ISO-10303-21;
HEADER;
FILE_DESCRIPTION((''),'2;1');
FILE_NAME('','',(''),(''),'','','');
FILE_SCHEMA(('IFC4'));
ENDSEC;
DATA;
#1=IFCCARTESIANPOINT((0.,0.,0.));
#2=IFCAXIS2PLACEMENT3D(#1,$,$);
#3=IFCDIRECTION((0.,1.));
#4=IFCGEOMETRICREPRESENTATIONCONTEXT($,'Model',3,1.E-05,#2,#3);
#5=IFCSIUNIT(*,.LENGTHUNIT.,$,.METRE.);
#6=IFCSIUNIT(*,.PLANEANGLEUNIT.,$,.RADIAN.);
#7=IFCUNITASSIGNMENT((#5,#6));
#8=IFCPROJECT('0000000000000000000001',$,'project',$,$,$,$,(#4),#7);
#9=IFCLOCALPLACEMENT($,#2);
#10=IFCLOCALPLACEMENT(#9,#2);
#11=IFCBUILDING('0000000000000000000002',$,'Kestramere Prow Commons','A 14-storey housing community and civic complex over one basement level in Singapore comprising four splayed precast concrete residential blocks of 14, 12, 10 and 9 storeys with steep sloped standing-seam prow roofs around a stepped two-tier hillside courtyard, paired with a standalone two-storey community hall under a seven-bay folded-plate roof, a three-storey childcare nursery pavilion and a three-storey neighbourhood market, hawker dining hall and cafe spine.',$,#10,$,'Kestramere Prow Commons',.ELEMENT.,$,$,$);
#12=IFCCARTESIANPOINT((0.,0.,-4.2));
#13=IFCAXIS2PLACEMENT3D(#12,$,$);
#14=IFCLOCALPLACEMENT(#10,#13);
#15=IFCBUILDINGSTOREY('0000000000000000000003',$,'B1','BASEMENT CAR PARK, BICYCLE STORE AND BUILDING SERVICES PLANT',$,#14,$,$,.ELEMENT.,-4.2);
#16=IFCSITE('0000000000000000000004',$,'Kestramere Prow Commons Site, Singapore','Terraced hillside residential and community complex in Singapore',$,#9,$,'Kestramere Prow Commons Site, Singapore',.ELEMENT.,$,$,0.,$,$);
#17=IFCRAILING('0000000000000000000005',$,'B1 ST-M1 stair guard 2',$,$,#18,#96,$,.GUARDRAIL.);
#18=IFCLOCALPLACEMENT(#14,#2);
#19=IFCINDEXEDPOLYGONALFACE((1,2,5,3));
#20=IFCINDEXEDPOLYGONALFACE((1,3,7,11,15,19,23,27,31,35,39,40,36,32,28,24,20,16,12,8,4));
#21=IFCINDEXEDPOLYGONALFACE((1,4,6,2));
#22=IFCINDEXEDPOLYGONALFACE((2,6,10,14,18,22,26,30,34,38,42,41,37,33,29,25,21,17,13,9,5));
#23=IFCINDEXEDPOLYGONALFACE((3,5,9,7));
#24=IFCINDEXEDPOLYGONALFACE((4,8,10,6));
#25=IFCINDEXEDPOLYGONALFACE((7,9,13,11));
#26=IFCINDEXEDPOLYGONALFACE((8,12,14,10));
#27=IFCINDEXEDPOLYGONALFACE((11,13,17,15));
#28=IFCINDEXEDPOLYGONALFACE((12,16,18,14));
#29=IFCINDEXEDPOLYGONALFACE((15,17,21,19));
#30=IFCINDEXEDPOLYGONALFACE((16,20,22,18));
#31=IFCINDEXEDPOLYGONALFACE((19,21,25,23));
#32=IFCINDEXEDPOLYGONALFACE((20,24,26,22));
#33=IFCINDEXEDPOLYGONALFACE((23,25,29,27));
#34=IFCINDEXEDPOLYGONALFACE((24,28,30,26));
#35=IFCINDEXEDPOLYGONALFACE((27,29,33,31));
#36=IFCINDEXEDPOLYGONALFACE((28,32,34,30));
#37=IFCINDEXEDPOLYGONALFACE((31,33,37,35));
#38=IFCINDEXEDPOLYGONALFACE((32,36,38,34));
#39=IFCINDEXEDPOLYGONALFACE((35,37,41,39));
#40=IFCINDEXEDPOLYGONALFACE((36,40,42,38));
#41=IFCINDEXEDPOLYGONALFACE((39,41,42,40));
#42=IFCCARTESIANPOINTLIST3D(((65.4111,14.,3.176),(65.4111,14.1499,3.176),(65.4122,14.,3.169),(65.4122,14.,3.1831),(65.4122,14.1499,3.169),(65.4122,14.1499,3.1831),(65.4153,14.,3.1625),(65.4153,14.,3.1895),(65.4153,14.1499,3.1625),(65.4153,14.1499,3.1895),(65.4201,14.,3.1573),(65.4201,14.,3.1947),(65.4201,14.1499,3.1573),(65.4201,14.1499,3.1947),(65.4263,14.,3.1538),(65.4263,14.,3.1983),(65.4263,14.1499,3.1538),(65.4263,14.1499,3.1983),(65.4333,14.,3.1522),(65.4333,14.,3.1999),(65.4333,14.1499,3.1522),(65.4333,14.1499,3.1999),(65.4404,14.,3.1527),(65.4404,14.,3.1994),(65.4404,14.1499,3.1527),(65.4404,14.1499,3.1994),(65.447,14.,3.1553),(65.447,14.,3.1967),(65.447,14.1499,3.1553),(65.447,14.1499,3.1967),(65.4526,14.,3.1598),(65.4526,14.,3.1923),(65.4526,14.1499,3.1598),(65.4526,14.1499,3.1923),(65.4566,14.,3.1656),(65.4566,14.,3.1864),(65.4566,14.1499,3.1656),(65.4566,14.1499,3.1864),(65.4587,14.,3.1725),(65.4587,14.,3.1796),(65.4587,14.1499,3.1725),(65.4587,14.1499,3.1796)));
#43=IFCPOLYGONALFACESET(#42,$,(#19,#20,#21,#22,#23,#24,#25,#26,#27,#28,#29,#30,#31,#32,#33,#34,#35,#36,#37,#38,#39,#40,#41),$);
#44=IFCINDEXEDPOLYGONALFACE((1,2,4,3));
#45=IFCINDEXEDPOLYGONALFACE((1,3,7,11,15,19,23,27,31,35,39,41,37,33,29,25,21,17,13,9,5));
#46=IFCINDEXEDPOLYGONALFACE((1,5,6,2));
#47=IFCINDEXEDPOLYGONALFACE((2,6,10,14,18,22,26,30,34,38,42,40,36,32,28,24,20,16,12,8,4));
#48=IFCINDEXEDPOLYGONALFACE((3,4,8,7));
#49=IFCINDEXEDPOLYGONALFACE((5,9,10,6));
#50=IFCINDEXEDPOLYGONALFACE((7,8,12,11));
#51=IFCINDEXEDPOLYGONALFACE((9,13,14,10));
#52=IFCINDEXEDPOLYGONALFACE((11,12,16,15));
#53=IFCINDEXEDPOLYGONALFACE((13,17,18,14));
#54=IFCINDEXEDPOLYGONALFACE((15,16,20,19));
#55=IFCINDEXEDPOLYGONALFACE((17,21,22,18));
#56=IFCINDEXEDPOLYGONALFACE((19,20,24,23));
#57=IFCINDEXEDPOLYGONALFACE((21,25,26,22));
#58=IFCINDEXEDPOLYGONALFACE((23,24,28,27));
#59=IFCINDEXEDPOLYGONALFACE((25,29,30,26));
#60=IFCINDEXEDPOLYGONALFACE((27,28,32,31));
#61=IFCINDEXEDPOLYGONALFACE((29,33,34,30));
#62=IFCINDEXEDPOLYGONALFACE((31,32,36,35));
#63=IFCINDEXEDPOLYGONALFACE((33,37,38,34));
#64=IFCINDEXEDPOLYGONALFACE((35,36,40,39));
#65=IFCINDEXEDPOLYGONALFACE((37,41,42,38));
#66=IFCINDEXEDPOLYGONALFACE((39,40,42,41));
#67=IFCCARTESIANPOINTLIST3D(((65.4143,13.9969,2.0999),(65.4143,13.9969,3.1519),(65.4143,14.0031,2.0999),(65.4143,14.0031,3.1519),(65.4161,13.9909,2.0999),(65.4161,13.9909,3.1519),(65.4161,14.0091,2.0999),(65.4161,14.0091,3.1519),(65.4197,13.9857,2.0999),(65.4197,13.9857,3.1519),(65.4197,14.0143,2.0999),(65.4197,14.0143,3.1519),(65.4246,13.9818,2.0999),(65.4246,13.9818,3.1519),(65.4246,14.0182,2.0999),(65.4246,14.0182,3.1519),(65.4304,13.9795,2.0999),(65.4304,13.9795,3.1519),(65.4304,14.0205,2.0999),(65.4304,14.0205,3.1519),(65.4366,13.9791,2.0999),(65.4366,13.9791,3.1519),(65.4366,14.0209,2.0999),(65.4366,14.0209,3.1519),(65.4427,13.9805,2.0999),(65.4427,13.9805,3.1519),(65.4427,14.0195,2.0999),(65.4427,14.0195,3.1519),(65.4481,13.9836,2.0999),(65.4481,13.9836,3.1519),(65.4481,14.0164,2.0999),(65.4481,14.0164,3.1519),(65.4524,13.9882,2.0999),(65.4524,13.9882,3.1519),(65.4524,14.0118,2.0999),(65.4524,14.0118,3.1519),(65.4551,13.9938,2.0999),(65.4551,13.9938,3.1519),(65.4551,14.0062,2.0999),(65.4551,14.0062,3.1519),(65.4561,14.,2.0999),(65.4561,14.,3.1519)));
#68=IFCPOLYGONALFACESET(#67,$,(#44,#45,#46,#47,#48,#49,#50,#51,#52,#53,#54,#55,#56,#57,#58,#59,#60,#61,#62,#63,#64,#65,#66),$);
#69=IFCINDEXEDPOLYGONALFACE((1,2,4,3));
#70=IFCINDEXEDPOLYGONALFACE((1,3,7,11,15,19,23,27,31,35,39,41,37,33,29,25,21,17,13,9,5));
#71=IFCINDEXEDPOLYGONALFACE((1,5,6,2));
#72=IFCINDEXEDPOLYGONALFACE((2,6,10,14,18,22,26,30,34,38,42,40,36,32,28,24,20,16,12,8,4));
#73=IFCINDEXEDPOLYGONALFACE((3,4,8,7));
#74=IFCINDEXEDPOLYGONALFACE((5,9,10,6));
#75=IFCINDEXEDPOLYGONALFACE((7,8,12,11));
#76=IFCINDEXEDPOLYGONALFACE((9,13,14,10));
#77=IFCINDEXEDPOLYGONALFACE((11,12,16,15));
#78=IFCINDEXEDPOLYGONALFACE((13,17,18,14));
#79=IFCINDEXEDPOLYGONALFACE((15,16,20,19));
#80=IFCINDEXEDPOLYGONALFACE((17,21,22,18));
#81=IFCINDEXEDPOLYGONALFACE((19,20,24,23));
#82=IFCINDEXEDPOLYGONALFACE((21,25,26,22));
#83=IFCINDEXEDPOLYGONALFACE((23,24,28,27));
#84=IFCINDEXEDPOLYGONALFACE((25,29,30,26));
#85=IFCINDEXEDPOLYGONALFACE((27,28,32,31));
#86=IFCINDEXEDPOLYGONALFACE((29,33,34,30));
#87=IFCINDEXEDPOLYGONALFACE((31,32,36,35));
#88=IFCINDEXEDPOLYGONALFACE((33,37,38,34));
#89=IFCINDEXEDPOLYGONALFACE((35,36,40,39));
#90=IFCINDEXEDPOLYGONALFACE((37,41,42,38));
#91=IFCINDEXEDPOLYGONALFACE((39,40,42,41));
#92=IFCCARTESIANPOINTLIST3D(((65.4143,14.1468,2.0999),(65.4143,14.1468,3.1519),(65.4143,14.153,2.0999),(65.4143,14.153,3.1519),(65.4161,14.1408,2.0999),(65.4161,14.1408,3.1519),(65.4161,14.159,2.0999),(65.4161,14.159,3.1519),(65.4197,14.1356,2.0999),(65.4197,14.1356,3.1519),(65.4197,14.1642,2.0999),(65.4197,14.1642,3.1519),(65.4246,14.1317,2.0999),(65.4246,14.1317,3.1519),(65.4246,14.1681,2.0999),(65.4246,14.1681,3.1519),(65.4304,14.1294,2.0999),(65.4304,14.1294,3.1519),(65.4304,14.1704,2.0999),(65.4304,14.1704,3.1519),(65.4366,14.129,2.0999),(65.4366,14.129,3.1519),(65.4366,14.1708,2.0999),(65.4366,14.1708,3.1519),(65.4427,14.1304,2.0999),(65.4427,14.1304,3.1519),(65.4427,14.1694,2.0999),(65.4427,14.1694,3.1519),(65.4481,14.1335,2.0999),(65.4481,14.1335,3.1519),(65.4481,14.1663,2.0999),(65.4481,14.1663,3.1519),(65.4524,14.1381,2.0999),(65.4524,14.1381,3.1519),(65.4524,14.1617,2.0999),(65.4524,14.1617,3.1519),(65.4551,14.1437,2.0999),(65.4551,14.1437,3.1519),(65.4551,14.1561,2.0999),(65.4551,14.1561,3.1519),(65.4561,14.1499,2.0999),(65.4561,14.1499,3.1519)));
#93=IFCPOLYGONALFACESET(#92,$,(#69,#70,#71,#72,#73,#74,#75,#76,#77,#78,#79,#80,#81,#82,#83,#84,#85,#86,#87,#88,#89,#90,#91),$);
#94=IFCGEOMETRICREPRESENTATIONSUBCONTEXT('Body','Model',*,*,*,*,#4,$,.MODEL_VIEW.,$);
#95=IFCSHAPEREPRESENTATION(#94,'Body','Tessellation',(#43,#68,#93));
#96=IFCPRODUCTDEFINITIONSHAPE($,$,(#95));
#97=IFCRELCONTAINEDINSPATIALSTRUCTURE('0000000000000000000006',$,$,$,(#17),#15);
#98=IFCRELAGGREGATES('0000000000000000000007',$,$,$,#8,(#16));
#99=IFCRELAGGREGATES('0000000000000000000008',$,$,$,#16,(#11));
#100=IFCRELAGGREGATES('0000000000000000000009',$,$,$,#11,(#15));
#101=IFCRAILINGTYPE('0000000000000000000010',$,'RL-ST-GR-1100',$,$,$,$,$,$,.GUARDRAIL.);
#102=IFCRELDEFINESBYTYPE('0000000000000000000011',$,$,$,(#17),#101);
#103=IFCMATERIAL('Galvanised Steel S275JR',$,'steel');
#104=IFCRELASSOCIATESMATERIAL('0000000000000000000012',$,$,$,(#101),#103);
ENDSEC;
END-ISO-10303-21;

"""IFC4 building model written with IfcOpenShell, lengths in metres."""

from ifc_helpers import new_model, si_unit, direction, frame, origin, origin_2d, place, context, subcontext, project, spatial, circle, extrude, material, type_object, element, save


model = new_model("IFC4")

# Units and contexts
model_context = context("Model", 3, precision=1e-05, world=origin(), true_north=direction((0.0, 1.0)))
body_context = subcontext(model_context, "Body", "Model", "MODEL_VIEW")
ifc_project = project(units=[si_unit("LENGTHUNIT", "METRE"), si_unit("PLANEANGLEUNIT", "RADIAN")], contexts=[model_context])

# Site, building, storey
site_placement = place(None, origin())
site = spatial("IfcSite", under=ifc_project, at=site_placement, Name="Kestramere Prow Commons Site, Singapore", Description="Terraced hillside residential and community complex in Singapore", LongName="Kestramere Prow Commons Site, Singapore", CompositionType="ELEMENT", RefElevation=0.0)
building_placement = place(site_placement, origin())
building = spatial("IfcBuilding", under=site, at=building_placement, Name="Kestramere Prow Commons", Description="A 14-storey housing community and civic complex over one basement level in Singapore comprising four splayed precast concrete residential blocks of 14, 12, 10 and 9 storeys with steep sloped standing-seam prow roofs around a stepped two-tier hillside courtyard, paired with a standalone two-storey community hall under a seven-bay folded-plate roof, a three-storey childcare nursery pavilion and a three-storey neighbourhood market, hawker dining hall and cafe spine.", LongName="Kestramere Prow Commons", CompositionType="ELEMENT")
storey_placement = place(building_placement, frame((0.0, 0.0, -4.2)))
storey = spatial("IfcBuildingStorey", under=building, at=storey_placement, Name="B1", Description="BASEMENT CAR PARK, BICYCLE STORE AND BUILDING SERVICES PLANT", CompositionType="ELEMENT", Elevation=-4.2)

# Railing
ifc_material_1 = material(Name="Galvanised Steel S275JR", Category="steel")
railing_type_1 = type_object("IfcRailingType", Name="RL-ST-GR-1100", PredefinedType="GUARDRAIL", material=ifc_material_1)
railing_1_placement = place(storey_placement, frame((65.4351, 14.0, 2.0999)))
element("IfcRailing", 1, at=railing_1_placement, inside=storey, type_object=railing_type_1, Name="B1 ST-M1 stair guard 2", PredefinedType="GUARDRAIL", context=body_context, shape_type="SweptSolid", body=[
    extrude(circle(Radius=0.0239, at=origin_2d()), frame((0.0, 0.0, 1.0762), z_axis=(0.0, 1.0, 0.0), x_axis=(-1.0, 0.0, 0.0)), (0.0, 0.0, 1.0), 0.1499),
    extrude(circle(Radius=0.021, at=origin_2d()), origin(), (0.0, 0.0, 1.0), 1.052),
    extrude(circle(Radius=0.021, at=origin_2d()), frame((0.0, 0.1499, 0.0)), (0.0, 0.0, 1.0), 1.052),
])

save(model, "model.ifc")
